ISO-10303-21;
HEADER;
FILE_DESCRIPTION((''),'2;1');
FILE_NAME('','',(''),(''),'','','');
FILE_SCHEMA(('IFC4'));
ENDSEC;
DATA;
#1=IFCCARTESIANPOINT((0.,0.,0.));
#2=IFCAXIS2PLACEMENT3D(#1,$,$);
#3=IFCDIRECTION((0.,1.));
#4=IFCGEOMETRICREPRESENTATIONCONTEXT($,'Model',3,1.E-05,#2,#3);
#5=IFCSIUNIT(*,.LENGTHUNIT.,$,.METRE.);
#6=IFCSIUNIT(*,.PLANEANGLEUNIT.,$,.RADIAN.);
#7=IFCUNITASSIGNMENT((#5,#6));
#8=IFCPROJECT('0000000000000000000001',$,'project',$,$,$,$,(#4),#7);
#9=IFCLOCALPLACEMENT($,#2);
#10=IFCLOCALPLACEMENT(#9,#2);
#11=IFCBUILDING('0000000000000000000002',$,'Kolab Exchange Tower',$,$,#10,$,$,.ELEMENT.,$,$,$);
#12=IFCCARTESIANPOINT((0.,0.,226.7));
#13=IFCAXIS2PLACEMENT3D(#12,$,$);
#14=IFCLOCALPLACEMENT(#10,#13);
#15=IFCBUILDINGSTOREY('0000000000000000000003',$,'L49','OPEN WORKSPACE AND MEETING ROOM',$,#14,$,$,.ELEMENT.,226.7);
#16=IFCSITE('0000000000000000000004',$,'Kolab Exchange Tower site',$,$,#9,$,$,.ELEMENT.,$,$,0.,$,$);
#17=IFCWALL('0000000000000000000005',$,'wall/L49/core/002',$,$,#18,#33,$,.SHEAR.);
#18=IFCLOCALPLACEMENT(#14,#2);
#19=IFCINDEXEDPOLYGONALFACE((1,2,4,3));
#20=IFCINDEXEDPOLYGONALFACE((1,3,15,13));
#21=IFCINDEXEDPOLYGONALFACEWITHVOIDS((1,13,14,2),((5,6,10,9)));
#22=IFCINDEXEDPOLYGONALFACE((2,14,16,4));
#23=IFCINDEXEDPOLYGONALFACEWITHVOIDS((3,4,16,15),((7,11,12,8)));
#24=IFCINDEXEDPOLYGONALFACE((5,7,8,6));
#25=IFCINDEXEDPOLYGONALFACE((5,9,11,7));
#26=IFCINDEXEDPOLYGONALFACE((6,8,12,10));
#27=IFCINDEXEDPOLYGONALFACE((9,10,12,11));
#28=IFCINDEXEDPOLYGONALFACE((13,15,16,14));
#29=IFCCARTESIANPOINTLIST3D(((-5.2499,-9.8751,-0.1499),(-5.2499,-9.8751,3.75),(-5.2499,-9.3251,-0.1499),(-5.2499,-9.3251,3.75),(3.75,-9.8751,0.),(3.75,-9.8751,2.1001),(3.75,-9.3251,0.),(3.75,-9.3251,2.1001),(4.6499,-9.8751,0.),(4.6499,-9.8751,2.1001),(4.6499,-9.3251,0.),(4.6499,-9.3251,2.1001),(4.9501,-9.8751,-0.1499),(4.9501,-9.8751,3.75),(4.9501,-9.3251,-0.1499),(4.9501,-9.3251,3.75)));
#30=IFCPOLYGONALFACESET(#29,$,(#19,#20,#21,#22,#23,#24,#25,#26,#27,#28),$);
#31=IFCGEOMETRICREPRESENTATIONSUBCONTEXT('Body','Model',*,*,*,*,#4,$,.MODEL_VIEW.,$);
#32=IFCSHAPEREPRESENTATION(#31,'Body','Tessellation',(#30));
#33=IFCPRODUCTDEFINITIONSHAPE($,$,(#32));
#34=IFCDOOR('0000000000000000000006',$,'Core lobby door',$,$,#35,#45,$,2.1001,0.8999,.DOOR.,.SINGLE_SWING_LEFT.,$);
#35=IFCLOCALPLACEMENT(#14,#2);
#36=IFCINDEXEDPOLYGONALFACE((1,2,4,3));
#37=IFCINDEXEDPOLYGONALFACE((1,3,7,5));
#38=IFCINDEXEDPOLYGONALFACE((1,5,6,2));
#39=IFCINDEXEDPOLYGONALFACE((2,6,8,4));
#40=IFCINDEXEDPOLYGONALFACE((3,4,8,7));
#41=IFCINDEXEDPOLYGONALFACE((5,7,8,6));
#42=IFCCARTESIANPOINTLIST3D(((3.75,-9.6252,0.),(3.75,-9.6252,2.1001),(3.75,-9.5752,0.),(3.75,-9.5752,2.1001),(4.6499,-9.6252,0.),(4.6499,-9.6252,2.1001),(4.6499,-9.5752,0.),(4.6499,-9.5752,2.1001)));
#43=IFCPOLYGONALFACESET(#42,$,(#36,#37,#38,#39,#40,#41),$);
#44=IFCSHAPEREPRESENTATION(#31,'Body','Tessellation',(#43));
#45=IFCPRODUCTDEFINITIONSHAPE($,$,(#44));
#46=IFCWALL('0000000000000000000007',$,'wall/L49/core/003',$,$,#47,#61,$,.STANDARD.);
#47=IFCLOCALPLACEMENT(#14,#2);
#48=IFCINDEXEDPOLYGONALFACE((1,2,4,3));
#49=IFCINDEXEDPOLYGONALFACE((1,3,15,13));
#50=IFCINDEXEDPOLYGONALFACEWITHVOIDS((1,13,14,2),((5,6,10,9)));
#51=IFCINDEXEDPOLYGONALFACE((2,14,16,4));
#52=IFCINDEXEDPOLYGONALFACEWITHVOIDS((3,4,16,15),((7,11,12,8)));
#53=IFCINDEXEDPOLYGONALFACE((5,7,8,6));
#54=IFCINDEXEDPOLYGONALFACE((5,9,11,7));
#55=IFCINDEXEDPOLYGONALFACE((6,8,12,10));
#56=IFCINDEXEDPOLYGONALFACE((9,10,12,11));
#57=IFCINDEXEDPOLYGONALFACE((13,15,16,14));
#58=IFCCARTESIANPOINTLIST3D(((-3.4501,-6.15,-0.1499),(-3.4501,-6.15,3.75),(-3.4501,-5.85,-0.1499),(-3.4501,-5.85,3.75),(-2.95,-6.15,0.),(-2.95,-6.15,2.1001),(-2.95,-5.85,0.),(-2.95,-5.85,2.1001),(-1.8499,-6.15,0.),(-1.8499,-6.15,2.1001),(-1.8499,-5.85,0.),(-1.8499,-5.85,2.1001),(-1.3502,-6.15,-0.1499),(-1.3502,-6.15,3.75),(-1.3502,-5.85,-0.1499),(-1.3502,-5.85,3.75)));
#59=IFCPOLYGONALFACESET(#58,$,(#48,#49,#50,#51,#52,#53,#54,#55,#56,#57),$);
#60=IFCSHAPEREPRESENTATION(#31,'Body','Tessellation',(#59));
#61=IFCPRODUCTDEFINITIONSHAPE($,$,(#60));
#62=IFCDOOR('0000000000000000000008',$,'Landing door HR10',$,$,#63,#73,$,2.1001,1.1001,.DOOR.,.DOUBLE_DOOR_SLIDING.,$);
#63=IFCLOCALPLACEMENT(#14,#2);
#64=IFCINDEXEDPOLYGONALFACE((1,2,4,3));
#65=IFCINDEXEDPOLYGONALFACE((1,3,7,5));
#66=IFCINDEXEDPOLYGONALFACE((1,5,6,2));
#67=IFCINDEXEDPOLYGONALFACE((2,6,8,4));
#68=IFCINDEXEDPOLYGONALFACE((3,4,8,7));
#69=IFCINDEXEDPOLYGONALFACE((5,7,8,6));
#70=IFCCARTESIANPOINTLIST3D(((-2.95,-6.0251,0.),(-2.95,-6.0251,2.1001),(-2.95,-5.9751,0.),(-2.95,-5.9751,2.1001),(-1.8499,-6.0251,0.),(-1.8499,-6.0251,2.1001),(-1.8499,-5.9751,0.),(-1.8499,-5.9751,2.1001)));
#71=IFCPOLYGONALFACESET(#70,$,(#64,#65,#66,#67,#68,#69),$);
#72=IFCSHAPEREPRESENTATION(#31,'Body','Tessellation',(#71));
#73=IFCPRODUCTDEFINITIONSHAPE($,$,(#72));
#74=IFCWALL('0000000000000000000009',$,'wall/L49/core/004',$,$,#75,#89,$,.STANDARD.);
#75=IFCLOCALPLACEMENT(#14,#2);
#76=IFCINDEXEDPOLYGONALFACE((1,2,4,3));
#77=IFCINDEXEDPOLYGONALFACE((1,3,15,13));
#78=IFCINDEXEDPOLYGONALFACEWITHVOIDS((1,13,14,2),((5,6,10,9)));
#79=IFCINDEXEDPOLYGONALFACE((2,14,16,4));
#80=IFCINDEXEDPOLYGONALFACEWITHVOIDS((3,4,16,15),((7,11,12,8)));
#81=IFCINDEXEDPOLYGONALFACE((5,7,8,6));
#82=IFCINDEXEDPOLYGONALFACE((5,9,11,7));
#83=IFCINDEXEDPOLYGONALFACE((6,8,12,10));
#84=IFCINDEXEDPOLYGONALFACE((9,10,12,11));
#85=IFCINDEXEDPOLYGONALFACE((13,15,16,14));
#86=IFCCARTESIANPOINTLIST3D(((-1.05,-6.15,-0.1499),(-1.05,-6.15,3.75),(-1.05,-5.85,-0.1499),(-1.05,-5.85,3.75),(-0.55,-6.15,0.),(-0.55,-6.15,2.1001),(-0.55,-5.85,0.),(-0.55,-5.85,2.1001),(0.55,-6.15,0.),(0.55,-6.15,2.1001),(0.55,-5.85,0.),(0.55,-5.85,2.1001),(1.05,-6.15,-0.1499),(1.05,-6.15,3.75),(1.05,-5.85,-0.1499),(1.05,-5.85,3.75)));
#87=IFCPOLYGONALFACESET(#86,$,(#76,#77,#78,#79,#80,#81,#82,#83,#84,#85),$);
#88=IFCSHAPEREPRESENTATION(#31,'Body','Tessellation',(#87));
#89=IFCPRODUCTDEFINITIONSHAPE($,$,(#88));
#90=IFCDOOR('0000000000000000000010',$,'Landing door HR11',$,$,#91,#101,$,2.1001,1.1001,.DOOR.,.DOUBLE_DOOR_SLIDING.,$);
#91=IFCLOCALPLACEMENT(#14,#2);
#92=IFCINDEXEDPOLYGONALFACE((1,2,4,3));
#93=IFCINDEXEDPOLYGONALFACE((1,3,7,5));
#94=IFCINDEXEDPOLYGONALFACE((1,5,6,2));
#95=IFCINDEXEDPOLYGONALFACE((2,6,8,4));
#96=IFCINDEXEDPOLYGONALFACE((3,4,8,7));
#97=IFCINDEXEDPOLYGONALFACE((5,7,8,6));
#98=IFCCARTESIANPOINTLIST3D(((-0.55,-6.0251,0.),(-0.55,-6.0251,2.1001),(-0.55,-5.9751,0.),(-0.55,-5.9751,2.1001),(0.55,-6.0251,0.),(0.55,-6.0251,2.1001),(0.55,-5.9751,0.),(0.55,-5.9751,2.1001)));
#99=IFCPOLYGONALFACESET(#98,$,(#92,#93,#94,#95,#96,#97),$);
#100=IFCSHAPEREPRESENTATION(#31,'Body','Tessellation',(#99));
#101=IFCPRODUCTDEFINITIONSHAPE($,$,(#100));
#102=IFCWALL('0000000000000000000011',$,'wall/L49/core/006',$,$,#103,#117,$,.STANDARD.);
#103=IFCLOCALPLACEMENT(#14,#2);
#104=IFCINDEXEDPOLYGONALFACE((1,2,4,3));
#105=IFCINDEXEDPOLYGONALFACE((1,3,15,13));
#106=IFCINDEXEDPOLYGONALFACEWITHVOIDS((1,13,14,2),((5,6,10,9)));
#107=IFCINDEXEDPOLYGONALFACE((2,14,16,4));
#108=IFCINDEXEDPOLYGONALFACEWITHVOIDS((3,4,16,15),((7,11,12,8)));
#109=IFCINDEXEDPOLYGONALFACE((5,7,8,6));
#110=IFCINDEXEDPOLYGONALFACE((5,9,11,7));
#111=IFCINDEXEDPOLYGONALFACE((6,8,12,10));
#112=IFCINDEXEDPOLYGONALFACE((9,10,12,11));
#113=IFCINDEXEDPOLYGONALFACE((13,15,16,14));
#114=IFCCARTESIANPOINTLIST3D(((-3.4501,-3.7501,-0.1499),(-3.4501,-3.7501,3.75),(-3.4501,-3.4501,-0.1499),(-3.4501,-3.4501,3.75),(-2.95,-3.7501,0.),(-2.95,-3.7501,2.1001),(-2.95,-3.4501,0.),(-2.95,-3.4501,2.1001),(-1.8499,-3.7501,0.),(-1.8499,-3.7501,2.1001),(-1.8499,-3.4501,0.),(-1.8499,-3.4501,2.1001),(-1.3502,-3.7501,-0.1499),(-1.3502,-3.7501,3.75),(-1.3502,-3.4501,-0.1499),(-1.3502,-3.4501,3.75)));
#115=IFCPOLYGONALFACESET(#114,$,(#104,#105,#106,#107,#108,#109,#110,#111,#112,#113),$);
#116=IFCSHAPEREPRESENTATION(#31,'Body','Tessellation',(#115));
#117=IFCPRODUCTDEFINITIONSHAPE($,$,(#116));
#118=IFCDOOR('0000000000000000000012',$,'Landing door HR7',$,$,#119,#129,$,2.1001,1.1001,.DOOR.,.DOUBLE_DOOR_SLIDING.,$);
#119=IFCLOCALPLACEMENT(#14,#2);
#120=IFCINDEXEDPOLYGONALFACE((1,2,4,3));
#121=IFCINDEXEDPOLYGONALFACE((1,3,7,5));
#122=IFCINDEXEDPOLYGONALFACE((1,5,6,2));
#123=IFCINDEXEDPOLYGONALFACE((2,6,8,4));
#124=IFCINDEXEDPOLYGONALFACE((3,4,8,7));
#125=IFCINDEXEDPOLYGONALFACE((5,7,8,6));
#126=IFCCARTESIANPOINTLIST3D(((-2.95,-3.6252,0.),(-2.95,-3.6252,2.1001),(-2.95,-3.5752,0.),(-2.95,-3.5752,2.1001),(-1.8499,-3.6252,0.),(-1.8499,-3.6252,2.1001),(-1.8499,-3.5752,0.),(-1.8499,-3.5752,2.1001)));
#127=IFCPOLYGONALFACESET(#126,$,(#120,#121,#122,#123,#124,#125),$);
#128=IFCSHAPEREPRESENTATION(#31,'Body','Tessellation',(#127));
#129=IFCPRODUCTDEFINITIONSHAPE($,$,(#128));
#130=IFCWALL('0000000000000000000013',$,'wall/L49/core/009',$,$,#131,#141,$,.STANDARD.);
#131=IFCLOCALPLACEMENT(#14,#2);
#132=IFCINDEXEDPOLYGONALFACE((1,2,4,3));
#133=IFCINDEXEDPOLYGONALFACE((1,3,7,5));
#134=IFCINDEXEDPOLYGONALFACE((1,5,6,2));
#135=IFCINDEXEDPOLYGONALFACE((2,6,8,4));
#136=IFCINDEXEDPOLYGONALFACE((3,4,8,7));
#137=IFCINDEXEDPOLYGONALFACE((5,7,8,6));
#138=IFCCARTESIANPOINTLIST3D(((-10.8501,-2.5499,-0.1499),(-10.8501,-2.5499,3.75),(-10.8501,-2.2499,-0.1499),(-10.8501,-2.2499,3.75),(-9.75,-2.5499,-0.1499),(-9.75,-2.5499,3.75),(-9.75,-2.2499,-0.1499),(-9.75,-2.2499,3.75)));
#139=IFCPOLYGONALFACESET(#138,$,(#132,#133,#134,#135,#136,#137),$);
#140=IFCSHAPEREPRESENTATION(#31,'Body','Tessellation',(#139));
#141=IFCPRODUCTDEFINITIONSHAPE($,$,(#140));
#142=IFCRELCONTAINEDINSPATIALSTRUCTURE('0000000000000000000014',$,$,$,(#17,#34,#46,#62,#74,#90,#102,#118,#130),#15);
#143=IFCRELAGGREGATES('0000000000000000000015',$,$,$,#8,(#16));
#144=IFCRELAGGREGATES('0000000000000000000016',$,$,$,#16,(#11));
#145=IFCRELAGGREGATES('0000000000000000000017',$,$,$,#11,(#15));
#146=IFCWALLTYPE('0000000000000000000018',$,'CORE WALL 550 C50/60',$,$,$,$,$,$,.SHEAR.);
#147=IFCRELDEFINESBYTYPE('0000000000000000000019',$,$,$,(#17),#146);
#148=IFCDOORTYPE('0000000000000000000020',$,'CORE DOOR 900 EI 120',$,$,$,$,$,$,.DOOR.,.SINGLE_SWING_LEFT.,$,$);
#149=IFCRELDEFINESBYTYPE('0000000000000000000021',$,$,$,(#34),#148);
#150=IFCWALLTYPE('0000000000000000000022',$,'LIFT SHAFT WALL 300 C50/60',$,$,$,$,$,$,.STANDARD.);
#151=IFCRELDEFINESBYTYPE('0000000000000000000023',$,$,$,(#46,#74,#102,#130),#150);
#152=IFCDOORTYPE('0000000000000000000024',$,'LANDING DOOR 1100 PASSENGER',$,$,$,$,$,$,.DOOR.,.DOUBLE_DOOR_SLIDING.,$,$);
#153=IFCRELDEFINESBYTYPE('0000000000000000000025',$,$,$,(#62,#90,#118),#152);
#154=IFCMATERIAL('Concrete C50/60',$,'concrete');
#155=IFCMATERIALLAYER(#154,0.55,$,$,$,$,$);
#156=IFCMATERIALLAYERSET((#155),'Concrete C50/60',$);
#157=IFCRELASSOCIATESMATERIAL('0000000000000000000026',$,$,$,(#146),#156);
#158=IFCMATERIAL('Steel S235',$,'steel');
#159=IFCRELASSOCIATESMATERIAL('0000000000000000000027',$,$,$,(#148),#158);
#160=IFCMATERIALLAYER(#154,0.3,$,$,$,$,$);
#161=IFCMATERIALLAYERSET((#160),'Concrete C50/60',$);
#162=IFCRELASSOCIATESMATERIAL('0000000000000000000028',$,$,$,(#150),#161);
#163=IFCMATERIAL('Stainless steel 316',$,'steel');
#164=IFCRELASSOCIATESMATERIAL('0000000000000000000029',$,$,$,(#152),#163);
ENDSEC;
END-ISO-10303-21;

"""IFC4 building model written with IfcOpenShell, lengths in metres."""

from ifc_helpers import new_model, si_unit, direction, frame, frame_2d, origin, place, context, subcontext, project, spatial, rectangle, extrude, material, layer, layer_set, type_object, element, fill, save


model = new_model("IFC4")

# Units and contexts
model_context = context("Model", 3, precision=1e-05, world=origin(), true_north=direction((0.0, 1.0)))
body_context = subcontext(model_context, "Body", "Model", "MODEL_VIEW")
ifc_project = project(units=[si_unit("LENGTHUNIT", "METRE"), si_unit("PLANEANGLEUNIT", "RADIAN")], contexts=[model_context])

# Site, building, storey
site_placement = place(None, origin())
site = spatial("IfcSite", under=ifc_project, at=site_placement, Name="Kolab Exchange Tower site", CompositionType="ELEMENT", RefElevation=0.0)
building_placement = place(site_placement, origin())
building = spatial("IfcBuilding", under=site, at=building_placement, Name="Kolab Exchange Tower", CompositionType="ELEMENT")
storey_placement = place(building_placement, frame((0.0, 0.0, 226.7)))
storey = spatial("IfcBuildingStorey", under=building, at=storey_placement, Name="L49", Description="OPEN WORKSPACE AND MEETING ROOM", CompositionType="ELEMENT", Elevation=226.7)

# Walls, openings, doors
ifc_material_1 = material(Name="Concrete C50/60", Category="concrete")
ifc_layer_1 = layer(ifc_material_1, 0.55)
ifc_layer_set_1 = layer_set([ifc_layer_1], Name="Concrete C50/60")
wall_type_1 = type_object("IfcWallType", Name="CORE WALL 550 C50/60", PredefinedType="SHEAR", material=ifc_layer_set_1)
wall_1_placement = place(storey_placement, frame((-5.25, -9.6001, -0.1499), z_axis=(0.0, 0.0, 1.0), x_axis=(1.0, 0.0, 0.0)))
wall_1 = element("IfcWall", 1, at=wall_1_placement, inside=storey, type_object=wall_type_1, Name="wall/L49/core/002", PredefinedType="SHEAR", context=body_context, shape_type="SweptSolid", body=[
    extrude(rectangle(XDim=10.2, YDim=0.55, at=frame_2d((5.1001, 0.0))), origin(), (0.0, 0.0, 1.0), 3.8999),
])
opening_1_placement = place(wall_1_placement, frame((9.0, 0.0, 0.1499)))
opening_1 = element("IfcOpeningElement", 2, at=opening_1_placement, cuts=wall_1, PredefinedType="OPENING", context=body_context, shape_type="SweptSolid", body=[
    extrude(rectangle(XDim=0.8999, YDim=2.1001, at=frame_2d((0.45, 1.05))), frame((0.0, 0.2852, 0.0), z_axis=(0.0, -1.0, 0.0), x_axis=(1.0, 0.0, 0.0)), (0.0, 0.0, 1.0), 0.5701),
])
ifc_material_2 = material(Name="Steel S235", Category="steel")
door_type_1 = type_object("IfcDoorType", Name="CORE DOOR 900 EI 120", OperationType="SINGLE_SWING_LEFT", PredefinedType="DOOR", material=ifc_material_2)
door_1_placement = place(opening_1_placement, origin())
door_1 = element("IfcDoor", 3, at=door_1_placement, inside=storey, type_object=door_type_1, Name="Core lobby door", OperationType="SINGLE_SWING_LEFT", OverallHeight=2.1001, OverallWidth=0.8999, PredefinedType="DOOR", context=body_context, shape_type="SweptSolid", body=[
    extrude(rectangle(XDim=0.8999, YDim=2.1001, at=frame_2d((0.45, 1.05))), frame((0.0, 0.0249, 0.0), z_axis=(0.0, -1.0, 0.0), x_axis=(1.0, 0.0, 0.0)), (0.0, 0.0, 1.0), 0.05),
])
fill(opening_1, door_1)
ifc_layer_2 = layer(ifc_material_1, 0.3)
ifc_layer_set_2 = layer_set([ifc_layer_2], Name="Concrete C50/60")
wall_type_2 = type_object("IfcWallType", Name="LIFT SHAFT WALL 300 C50/60", PredefinedType="STANDARD", material=ifc_layer_set_2)
wall_2_placement = place(storey_placement, frame((-3.45, -6.0, -0.1499), z_axis=(0.0, 0.0, 1.0), x_axis=(1.0, 0.0, 0.0)))
wall_2 = element("IfcWall", 4, at=wall_2_placement, inside=storey, type_object=wall_type_2, Name="wall/L49/core/003", PredefinedType="STANDARD", context=body_context, shape_type="SweptSolid", body=[
    extrude(rectangle(XDim=2.0999, YDim=0.3, at=frame_2d((1.0498, 0.0))), origin(), (0.0, 0.0, 1.0), 3.8999),
])
opening_2_placement = place(wall_2_placement, frame((0.5, 0.0, 0.1499)))
opening_2 = element("IfcOpeningElement", 5, at=opening_2_placement, cuts=wall_2, PredefinedType="OPENING", context=body_context, shape_type="SweptSolid", body=[
    extrude(rectangle(XDim=1.1001, YDim=2.1001, at=frame_2d((0.55, 1.05))), frame((0.0, 0.1602, 0.0), z_axis=(0.0, -1.0, 0.0), x_axis=(1.0, 0.0, 0.0)), (0.0, 0.0, 1.0), 0.3201),
])
ifc_material_3 = material(Name="Stainless steel 316", Category="steel")
door_type_2 = type_object("IfcDoorType", Name="LANDING DOOR 1100 PASSENGER", OperationType="DOUBLE_DOOR_SLIDING", PredefinedType="DOOR", material=ifc_material_3)
door_2_placement = place(opening_2_placement, origin())
door_2 = element("IfcDoor", 6, at=door_2_placement, inside=storey, type_object=door_type_2, Name="Landing door HR10", OperationType="DOUBLE_DOOR_SLIDING", OverallHeight=2.1001, OverallWidth=1.1001, PredefinedType="DOOR", context=body_context, shape_type="SweptSolid", body=[
    extrude(rectangle(XDim=1.1001, YDim=2.1001, at=frame_2d((0.55, 1.05))), frame((0.0, 0.0249, 0.0), z_axis=(0.0, -1.0, 0.0), x_axis=(1.0, 0.0, 0.0)), (0.0, 0.0, 1.0), 0.05),
])
fill(opening_2, door_2)
wall_3_placement = place(storey_placement, frame((-1.05, -6.0, -0.1499), z_axis=(0.0, 0.0, 1.0), x_axis=(1.0, 0.0, 0.0)))
wall_3 = element("IfcWall", 7, at=wall_3_placement, inside=storey, type_object=wall_type_2, Name="wall/L49/core/004", PredefinedType="STANDARD", context=body_context, shape_type="SweptSolid", body=[
    extrude(rectangle(XDim=2.1001, YDim=0.3, at=frame_2d((1.05, 0.0))), origin(), (0.0, 0.0, 1.0), 3.8999),
])
opening_3_placement = place(wall_3_placement, frame((0.5, 0.0, 0.1499)))
opening_3 = element("IfcOpeningElement", 8, at=opening_3_placement, cuts=wall_3, PredefinedType="OPENING", context=body_context, shape_type="SweptSolid", body=[
    extrude(rectangle(XDim=1.1001, YDim=2.1001, at=frame_2d((0.55, 1.05))), frame((0.0, 0.1602, 0.0), z_axis=(0.0, -1.0, 0.0), x_axis=(1.0, 0.0, 0.0)), (0.0, 0.0, 1.0), 0.3201),
])
door_3_placement = place(opening_3_placement, origin())
door_3 = element("IfcDoor", 9, at=door_3_placement, inside=storey, type_object=door_type_2, Name="Landing door HR11", OperationType="DOUBLE_DOOR_SLIDING", OverallHeight=2.1001, OverallWidth=1.1001, PredefinedType="DOOR", context=body_context, shape_type="SweptSolid", body=[
    extrude(rectangle(XDim=1.1001, YDim=2.1001, at=frame_2d((0.55, 1.05))), frame((0.0, 0.0249, 0.0), z_axis=(0.0, -1.0, 0.0), x_axis=(1.0, 0.0, 0.0)), (0.0, 0.0, 1.0), 0.05),
])
fill(opening_3, door_3)
wall_4_placement = place(storey_placement, frame((-3.45, -3.6001, -0.1499), z_axis=(0.0, 0.0, 1.0), x_axis=(1.0, 0.0, 0.0)))
wall_4 = element("IfcWall", 10, at=wall_4_placement, inside=storey, type_object=wall_type_2, Name="wall/L49/core/006", PredefinedType="STANDARD", context=body_context, shape_type="SweptSolid", body=[
    extrude(rectangle(XDim=2.0999, YDim=0.3, at=frame_2d((1.0498, 0.0))), origin(), (0.0, 0.0, 1.0), 3.8999),
])
opening_4_placement = place(wall_4_placement, frame((0.5, 0.0, 0.1499)))
opening_4 = element("IfcOpeningElement", 11, at=opening_4_placement, cuts=wall_4, PredefinedType="OPENING", context=body_context, shape_type="SweptSolid", body=[
    extrude(rectangle(XDim=1.1001, YDim=2.1001, at=frame_2d((0.55, 1.05))), frame((0.0, 0.1602, 0.0), z_axis=(0.0, -1.0, 0.0), x_axis=(1.0, 0.0, 0.0)), (0.0, 0.0, 1.0), 0.3201),
])
door_4_placement = place(opening_4_placement, origin())
door_4 = element("IfcDoor", 12, at=door_4_placement, inside=storey, type_object=door_type_2, Name="Landing door HR7", OperationType="DOUBLE_DOOR_SLIDING", OverallHeight=2.1001, OverallWidth=1.1001, PredefinedType="DOOR", context=body_context, shape_type="SweptSolid", body=[
    extrude(rectangle(XDim=1.1001, YDim=2.1001, at=frame_2d((0.55, 1.05))), frame((0.0, 0.0249, 0.0), z_axis=(0.0, -1.0, 0.0), x_axis=(1.0, 0.0, 0.0)), (0.0, 0.0, 1.0), 0.05),
])
fill(opening_4, door_4)

# Wall
wall_5_placement = place(storey_placement, frame((-10.8501, -2.3999, -0.1499), z_axis=(0.0, 0.0, 1.0), x_axis=(1.0, 0.0, 0.0)))
element("IfcWall", 13, at=wall_5_placement, inside=storey, type_object=wall_type_2, Name="wall/L49/core/009", PredefinedType="STANDARD", context=body_context, shape_type="SweptSolid", body=[
    extrude(rectangle(XDim=1.1001, YDim=0.3, at=frame_2d((0.55, 0.0))), origin(), (0.0, 0.0, 1.0), 3.8999),
])

save(model, "model.ifc")
